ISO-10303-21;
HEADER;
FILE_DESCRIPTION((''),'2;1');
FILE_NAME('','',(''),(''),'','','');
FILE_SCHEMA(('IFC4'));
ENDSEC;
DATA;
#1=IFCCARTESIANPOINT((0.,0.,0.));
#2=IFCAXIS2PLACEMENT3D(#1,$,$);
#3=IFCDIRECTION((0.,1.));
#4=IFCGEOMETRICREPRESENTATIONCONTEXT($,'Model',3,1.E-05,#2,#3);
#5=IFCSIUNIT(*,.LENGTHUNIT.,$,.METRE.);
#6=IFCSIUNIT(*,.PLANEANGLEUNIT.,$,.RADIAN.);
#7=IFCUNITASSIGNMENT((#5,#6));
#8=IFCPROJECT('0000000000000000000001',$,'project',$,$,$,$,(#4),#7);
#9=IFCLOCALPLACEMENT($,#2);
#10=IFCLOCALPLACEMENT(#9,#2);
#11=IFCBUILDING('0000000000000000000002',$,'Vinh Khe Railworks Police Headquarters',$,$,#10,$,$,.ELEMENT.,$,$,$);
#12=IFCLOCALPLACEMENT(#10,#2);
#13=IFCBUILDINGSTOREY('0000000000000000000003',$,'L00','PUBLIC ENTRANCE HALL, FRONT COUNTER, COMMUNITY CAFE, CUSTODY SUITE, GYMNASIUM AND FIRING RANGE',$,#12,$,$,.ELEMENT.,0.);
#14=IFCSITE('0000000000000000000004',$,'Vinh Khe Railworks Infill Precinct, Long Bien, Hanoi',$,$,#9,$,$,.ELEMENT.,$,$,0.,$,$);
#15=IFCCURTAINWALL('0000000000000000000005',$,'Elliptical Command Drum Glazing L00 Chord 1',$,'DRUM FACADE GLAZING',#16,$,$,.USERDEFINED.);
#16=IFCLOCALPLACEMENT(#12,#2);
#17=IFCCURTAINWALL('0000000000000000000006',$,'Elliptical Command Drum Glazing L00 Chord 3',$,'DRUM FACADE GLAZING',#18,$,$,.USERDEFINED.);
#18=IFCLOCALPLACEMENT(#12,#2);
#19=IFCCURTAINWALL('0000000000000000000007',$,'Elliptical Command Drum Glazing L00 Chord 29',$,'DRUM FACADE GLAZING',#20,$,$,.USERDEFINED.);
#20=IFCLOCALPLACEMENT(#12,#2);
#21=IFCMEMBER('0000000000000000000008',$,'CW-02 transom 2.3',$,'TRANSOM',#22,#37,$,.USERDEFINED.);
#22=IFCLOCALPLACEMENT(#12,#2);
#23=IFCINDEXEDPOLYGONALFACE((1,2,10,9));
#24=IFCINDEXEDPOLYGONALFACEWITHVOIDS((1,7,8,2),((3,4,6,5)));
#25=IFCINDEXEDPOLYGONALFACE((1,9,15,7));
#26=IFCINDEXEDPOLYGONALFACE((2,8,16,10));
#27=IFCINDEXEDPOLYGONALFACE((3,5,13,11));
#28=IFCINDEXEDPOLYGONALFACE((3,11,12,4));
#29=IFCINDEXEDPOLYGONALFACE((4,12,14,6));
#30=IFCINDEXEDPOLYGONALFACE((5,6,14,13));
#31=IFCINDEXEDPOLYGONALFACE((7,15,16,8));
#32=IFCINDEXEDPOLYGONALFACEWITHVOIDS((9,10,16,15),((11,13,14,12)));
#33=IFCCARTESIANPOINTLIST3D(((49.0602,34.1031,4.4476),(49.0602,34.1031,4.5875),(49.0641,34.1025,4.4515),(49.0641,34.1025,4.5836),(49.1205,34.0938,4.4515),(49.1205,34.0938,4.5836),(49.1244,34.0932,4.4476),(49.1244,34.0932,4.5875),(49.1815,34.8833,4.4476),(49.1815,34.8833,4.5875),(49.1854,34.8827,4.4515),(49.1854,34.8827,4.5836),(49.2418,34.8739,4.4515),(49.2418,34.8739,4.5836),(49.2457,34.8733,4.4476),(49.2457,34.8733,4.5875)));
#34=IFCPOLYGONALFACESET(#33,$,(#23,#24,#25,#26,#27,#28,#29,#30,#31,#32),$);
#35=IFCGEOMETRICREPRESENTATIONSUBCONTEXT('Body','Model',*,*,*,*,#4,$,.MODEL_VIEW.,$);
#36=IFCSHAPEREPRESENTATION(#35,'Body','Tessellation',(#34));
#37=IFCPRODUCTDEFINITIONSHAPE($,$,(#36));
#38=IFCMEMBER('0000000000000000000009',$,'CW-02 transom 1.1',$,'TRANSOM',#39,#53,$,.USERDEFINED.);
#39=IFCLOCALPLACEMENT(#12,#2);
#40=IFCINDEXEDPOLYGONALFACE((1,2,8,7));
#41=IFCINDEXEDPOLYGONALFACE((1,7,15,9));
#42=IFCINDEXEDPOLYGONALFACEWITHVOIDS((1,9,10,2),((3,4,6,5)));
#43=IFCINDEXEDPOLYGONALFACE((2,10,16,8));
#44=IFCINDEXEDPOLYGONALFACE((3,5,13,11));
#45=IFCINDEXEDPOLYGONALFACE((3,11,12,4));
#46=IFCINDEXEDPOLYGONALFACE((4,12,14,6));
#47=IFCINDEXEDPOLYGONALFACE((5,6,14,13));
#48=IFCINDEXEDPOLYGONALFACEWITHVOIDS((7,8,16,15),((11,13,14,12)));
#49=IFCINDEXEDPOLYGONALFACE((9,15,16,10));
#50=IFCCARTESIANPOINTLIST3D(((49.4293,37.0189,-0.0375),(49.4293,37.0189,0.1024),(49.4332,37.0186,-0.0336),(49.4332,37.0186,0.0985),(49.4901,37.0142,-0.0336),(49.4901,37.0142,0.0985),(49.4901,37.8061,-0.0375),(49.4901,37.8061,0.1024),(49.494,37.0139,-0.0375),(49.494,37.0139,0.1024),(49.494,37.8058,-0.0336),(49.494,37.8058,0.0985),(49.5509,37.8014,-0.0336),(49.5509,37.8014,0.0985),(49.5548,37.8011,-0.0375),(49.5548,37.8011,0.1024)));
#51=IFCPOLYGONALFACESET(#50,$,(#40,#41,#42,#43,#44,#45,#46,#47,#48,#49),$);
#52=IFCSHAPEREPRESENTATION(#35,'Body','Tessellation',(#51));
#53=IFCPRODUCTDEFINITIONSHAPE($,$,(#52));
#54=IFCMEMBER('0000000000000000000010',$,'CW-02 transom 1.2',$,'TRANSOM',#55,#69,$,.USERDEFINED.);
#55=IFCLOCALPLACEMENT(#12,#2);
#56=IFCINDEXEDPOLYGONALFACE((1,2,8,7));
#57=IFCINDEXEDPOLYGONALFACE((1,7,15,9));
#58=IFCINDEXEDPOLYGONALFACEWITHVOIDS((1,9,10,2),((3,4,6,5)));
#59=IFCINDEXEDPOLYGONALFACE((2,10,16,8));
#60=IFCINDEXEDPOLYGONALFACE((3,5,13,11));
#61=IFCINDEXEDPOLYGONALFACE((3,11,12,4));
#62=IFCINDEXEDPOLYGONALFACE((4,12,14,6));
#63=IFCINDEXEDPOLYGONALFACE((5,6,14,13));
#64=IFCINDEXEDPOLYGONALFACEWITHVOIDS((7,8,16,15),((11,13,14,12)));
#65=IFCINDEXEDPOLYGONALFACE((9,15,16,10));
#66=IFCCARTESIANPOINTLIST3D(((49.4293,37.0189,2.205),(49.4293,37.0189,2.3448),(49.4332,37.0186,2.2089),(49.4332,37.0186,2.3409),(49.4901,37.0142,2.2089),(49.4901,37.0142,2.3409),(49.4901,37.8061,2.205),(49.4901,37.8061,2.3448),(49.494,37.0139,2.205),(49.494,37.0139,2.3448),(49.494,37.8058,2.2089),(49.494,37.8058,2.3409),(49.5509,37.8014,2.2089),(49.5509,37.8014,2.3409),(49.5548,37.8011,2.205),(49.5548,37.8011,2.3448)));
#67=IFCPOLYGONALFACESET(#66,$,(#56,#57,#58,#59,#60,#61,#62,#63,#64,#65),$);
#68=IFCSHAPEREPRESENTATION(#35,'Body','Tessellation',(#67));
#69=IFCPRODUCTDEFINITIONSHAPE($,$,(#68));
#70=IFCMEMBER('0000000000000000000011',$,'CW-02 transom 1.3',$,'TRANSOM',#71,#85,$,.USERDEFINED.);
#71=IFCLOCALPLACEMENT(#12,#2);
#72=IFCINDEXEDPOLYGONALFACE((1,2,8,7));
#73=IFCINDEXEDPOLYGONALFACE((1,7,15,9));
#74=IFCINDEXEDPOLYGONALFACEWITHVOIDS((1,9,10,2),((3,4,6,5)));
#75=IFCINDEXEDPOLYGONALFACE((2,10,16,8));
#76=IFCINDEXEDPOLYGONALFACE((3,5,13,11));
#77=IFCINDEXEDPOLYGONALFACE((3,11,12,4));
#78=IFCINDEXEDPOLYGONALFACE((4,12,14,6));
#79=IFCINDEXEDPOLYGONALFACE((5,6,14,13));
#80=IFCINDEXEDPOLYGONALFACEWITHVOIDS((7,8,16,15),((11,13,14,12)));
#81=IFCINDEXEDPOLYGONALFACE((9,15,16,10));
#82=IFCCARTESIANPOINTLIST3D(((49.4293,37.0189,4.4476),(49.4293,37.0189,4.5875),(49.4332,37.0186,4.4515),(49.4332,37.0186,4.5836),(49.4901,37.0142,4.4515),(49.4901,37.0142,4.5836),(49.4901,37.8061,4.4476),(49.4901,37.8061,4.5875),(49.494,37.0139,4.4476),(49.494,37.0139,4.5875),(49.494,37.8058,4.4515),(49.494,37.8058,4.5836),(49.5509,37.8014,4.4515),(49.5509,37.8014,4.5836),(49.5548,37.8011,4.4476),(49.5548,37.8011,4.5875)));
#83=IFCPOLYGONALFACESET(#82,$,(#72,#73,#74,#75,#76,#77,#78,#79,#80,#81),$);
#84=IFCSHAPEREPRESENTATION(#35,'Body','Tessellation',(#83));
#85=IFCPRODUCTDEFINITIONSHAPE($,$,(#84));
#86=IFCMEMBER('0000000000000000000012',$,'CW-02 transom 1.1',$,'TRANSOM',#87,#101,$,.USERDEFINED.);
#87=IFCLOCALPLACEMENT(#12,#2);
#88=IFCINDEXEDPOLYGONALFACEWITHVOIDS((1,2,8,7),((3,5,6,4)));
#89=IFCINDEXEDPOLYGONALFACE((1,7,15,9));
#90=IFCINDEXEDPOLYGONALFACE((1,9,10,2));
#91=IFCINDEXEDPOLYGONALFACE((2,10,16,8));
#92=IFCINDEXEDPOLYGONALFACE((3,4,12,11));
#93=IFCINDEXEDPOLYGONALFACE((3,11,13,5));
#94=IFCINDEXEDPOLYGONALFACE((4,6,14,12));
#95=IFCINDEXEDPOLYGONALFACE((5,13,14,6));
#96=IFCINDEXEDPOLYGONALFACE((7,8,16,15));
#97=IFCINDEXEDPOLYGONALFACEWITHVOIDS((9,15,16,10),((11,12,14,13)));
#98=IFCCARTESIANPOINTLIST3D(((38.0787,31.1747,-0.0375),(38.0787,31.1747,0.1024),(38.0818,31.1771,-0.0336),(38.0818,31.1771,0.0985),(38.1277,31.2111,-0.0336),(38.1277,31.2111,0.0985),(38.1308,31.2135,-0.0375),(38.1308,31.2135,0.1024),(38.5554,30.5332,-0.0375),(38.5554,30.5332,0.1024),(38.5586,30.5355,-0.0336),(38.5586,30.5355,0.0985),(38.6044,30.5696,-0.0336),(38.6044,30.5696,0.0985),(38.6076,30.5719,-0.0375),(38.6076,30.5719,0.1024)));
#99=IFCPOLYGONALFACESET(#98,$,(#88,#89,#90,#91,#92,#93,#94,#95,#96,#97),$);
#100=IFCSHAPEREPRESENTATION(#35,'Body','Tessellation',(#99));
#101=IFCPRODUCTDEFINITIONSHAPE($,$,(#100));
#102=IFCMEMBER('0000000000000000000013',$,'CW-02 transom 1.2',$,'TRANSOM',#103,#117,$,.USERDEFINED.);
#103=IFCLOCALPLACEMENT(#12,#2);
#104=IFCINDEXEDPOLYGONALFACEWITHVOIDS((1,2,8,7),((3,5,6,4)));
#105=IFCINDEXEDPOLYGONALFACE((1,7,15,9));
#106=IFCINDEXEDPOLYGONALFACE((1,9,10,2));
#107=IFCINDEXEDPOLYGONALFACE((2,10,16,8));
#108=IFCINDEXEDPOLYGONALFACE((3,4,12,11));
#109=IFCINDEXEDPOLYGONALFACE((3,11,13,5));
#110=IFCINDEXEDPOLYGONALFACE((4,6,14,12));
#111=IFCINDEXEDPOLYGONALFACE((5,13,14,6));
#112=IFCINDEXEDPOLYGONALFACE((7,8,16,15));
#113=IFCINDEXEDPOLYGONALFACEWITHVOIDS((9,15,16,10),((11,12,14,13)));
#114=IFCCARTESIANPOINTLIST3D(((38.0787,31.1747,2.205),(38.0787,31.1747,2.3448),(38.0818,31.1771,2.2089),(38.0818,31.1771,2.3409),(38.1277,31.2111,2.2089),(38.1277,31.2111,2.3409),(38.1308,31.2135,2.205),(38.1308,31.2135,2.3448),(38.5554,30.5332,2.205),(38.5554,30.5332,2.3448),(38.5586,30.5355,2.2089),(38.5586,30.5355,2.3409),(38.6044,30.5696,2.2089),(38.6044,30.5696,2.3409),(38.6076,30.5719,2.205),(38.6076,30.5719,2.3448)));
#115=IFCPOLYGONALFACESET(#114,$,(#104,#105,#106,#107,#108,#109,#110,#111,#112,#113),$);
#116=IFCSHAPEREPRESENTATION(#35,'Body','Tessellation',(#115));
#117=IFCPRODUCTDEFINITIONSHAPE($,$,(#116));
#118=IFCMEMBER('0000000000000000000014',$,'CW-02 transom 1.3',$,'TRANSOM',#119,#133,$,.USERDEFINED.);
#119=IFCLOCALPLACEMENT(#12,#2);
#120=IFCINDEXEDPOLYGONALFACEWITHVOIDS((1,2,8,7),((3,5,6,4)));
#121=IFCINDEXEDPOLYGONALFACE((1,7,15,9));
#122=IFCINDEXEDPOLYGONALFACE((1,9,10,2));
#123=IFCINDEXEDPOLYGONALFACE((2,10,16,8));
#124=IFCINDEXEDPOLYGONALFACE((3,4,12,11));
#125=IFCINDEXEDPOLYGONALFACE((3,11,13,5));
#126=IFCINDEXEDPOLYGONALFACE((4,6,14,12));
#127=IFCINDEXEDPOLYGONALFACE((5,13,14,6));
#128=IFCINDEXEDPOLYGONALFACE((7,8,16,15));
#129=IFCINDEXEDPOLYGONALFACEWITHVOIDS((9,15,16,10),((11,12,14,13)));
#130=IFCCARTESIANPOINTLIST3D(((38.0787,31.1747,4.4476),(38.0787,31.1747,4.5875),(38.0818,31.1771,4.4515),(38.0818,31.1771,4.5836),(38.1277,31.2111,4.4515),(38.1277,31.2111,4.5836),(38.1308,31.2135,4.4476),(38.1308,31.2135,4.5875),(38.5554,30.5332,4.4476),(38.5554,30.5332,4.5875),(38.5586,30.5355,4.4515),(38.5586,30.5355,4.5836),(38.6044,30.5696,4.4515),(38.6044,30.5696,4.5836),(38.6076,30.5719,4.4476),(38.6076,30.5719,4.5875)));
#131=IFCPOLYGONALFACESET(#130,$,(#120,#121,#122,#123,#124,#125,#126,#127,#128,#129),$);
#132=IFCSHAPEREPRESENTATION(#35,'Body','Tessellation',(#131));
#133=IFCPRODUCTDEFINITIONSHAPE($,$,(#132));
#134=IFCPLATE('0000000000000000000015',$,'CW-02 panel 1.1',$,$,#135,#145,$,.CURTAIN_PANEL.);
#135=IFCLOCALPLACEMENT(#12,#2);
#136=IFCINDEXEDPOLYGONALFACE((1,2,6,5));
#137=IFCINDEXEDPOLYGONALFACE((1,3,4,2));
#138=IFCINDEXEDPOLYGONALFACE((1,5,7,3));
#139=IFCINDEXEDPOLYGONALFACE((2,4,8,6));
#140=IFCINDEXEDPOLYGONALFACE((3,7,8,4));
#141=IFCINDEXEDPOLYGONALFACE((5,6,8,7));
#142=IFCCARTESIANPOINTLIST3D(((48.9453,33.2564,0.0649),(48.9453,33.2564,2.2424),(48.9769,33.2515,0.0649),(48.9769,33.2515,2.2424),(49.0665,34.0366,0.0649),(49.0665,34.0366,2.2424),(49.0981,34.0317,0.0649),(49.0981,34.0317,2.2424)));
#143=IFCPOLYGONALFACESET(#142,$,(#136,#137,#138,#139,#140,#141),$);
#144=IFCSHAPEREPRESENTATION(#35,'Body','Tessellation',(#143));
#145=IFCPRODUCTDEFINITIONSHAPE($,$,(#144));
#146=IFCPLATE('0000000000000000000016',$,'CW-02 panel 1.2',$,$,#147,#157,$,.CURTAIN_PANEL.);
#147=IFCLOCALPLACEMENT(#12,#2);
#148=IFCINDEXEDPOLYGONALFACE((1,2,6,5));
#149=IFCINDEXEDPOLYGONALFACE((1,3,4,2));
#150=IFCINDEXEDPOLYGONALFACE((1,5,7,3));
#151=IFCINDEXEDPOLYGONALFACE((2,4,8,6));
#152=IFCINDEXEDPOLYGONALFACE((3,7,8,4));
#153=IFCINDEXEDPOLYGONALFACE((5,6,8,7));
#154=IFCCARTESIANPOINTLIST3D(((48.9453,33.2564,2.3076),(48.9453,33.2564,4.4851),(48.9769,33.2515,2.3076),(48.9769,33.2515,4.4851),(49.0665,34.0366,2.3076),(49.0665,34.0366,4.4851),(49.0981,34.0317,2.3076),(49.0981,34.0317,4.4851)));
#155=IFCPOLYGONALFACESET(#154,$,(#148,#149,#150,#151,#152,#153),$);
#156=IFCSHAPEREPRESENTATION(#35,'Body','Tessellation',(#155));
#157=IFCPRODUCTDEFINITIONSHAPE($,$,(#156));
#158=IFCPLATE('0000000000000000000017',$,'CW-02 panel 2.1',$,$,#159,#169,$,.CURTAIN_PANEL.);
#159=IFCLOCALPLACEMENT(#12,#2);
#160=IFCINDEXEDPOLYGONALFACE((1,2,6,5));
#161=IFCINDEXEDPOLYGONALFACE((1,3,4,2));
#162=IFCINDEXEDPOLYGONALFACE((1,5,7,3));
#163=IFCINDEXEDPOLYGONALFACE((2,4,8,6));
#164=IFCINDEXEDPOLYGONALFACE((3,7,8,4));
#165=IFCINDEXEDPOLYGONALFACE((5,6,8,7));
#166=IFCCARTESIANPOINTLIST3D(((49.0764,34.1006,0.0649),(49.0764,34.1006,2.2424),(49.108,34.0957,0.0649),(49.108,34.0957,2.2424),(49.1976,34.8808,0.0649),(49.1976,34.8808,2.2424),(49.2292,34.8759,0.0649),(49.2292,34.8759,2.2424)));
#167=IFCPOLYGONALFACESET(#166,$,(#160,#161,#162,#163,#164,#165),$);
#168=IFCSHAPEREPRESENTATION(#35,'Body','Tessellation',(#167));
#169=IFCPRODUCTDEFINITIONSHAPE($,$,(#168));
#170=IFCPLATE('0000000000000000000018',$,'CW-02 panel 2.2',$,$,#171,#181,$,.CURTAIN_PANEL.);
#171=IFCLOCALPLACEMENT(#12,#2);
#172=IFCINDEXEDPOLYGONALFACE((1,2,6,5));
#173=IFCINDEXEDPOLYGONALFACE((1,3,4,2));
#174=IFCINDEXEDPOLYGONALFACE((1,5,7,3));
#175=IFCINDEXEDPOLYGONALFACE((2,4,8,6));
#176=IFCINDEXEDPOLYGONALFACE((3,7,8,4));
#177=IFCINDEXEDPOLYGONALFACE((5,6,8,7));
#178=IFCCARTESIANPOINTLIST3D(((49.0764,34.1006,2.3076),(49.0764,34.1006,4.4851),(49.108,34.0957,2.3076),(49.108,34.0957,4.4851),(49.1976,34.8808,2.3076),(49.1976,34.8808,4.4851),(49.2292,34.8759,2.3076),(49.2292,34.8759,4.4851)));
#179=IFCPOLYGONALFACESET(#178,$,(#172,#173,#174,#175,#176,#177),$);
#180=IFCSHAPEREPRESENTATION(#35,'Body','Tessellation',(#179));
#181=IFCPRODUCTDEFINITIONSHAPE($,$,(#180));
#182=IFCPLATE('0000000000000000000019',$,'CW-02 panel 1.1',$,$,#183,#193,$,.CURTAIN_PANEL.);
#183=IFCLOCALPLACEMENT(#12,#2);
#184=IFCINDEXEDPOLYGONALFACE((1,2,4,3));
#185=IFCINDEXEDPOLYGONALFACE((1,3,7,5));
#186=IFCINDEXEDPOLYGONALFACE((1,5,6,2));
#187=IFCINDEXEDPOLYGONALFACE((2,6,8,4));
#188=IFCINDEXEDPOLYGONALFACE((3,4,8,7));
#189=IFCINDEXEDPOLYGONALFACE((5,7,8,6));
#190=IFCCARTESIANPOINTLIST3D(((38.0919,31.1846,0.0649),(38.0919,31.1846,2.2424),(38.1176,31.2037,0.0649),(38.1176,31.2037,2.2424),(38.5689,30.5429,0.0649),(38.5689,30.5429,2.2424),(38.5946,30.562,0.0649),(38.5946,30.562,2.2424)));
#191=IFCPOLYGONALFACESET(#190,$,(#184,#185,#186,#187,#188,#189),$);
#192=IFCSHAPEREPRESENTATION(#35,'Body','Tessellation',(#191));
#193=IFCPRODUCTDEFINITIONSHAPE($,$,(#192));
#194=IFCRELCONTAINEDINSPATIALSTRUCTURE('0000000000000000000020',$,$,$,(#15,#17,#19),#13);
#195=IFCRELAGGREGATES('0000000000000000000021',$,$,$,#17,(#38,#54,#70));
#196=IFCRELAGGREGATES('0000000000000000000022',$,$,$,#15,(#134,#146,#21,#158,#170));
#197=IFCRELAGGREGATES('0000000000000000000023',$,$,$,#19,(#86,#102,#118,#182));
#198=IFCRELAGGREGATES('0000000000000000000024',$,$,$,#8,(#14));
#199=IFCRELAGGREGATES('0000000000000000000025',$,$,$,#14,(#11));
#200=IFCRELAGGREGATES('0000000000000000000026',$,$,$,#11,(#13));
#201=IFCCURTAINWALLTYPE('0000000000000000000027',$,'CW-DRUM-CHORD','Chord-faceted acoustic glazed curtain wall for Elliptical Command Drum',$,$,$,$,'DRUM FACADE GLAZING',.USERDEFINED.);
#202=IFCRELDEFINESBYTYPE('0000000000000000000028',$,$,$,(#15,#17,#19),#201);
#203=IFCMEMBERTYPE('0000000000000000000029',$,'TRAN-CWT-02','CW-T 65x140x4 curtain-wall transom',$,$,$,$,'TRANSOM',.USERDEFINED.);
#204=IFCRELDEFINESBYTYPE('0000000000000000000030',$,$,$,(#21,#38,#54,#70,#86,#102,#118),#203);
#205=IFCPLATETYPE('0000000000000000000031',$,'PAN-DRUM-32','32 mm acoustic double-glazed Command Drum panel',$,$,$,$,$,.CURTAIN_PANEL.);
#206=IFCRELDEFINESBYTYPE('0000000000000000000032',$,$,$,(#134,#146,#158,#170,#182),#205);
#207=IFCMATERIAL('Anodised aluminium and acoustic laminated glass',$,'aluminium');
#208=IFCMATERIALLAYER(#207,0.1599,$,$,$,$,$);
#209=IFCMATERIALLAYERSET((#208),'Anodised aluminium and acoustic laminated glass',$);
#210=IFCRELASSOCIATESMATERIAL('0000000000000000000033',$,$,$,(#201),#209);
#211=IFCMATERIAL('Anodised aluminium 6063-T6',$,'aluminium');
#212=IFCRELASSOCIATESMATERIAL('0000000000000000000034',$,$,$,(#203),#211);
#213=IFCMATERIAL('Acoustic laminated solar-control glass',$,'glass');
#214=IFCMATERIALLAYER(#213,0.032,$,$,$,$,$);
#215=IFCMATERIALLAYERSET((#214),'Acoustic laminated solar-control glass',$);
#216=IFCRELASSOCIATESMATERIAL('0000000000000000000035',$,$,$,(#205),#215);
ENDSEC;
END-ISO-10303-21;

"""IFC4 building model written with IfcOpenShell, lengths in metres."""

from ifc_helpers import new_model, si_unit, direction, frame, origin, origin_2d, place, context, subcontext, project, spatial, rectangle, hollow_rectangle, extrude, material, layer, layer_set, material_profile, profile_set, type_object, element, aggregate, save


model = new_model("IFC4")

# Units and contexts
model_context = context("Model", 3, precision=1e-05, world=origin(), true_north=direction((0.0, 1.0)))
body_context = subcontext(model_context, "Body", "Model", "MODEL_VIEW")
ifc_project = project(units=[si_unit("LENGTHUNIT", "METRE"), si_unit("PLANEANGLEUNIT", "RADIAN")], contexts=[model_context])

# Site, building, storey
site_placement = place(None, origin())
site = spatial("IfcSite", under=ifc_project, at=site_placement, Name="Vinh Khe Railworks Infill Precinct, Long Bien, Hanoi", CompositionType="ELEMENT", RefElevation=0.0)
building_placement = place(site_placement, origin())
building = spatial("IfcBuilding", under=site, at=building_placement, Name="Vinh Khe Railworks Police Headquarters", CompositionType="ELEMENT")
storey_placement = place(building_placement, origin())
storey = spatial("IfcBuildingStorey", under=building, at=storey_placement, Name="L00", Description="PUBLIC ENTRANCE HALL, FRONT COUNTER, COMMUNITY CAFE, CUSTODY SUITE, GYMNASIUM AND FIRING RANGE", CompositionType="ELEMENT", Elevation=0.0)

# Curtain wall
ifc_material_1 = material(Name="Anodised aluminium and acoustic laminated glass", Category="aluminium")
ifc_layer_1 = layer(ifc_material_1, 0.1599)
ifc_layer_set_1 = layer_set([ifc_layer_1], Name="Anodised aluminium and acoustic laminated glass")
curtain_wall_type = type_object("IfcCurtainWallType", Name="CW-DRUM-CHORD", Description="Chord-faceted acoustic glazed curtain wall for Elliptical Command Drum", ElementType="DRUM FACADE GLAZING", PredefinedType="USERDEFINED", material=ifc_layer_set_1)
curtain_wall_1_placement = place(storey_placement, origin())
curtain_wall_1 = element("IfcCurtainWall", 1, at=curtain_wall_1_placement, inside=storey, type_object=curtain_wall_type, Name="Elliptical Command Drum Glazing L00 Chord 1", ObjectType="DRUM FACADE GLAZING", PredefinedType="USERDEFINED")
ifc_material_2 = material(Name="Anodised aluminium 6063-T6", Category="aluminium")

# Curtain walls
curtain_wall_2_placement = place(storey_placement, origin())
curtain_wall_2 = element("IfcCurtainWall", 2, at=curtain_wall_2_placement, inside=storey, type_object=curtain_wall_type, Name="Elliptical Command Drum Glazing L00 Chord 3", ObjectType="DRUM FACADE GLAZING", PredefinedType="USERDEFINED")
curtain_wall_3_placement = place(storey_placement, origin())
curtain_wall_3 = element("IfcCurtainWall", 3, at=curtain_wall_3_placement, inside=storey, type_object=curtain_wall_type, Name="Elliptical Command Drum Glazing L00 Chord 29", ObjectType="DRUM FACADE GLAZING", PredefinedType="USERDEFINED")

# Members
ifc_material_profile_1 = material_profile(ifc_material_2, hollow_rectangle(XDim=0.0649, YDim=0.1399, WallThickness=0.0039, at=origin_2d()), Name="CW-T 65x140x4")
ifc_profile_set_1 = profile_set([ifc_material_profile_1], Name="Anodised aluminium 6063-T6")
member_type_1 = type_object("IfcMemberType", Name="TRAN-CWT-02", Description="CW-T 65x140x4 curtain-wall transom", ElementType="TRANSOM", PredefinedType="USERDEFINED", material=ifc_profile_set_1)
member_1_placement = place(storey_placement, frame((49.0923, 34.0981, 4.5176), z_axis=(0.15366, 0.988124, 0.0), x_axis=(-0.988124, 0.15366, 0.0)))
member_1 = element("IfcMember", 4, at=member_1_placement, type_object=member_type_1, Name="CW-02 transom 2.3", ObjectType="TRANSOM", PredefinedType="USERDEFINED", context=body_context, shape_type="SweptSolid", body=[
    extrude(hollow_rectangle(XDim=0.0649, YDim=0.1399, WallThickness=0.0039, at=origin_2d()), origin(), (0.0, 0.0, 1.0), 0.7896),
])
member_2_placement = place(storey_placement, frame((49.4617, 37.0164, 0.0325), z_axis=(0.077004, 0.997031, 0.0), x_axis=(-0.997031, 0.077004, 0.0)))
member_2 = element("IfcMember", 5, at=member_2_placement, type_object=member_type_1, Name="CW-02 transom 1.1", ObjectType="TRANSOM", PredefinedType="USERDEFINED", context=body_context, shape_type="SweptSolid", body=[
    extrude(hollow_rectangle(XDim=0.0649, YDim=0.1399, WallThickness=0.0039, at=origin_2d()), origin(), (0.0, 0.0, 1.0), 0.7896),
])
member_3_placement = place(storey_placement, frame((49.4617, 37.0164, 2.2749), z_axis=(0.077004, 0.997031, 0.0), x_axis=(-0.997031, 0.077004, 0.0)))
member_3 = element("IfcMember", 6, at=member_3_placement, type_object=member_type_1, Name="CW-02 transom 1.2", ObjectType="TRANSOM", PredefinedType="USERDEFINED", context=body_context, shape_type="SweptSolid", body=[
    extrude(hollow_rectangle(XDim=0.0649, YDim=0.1399, WallThickness=0.0039, at=origin_2d()), origin(), (0.0, 0.0, 1.0), 0.7896),
])
member_4_placement = place(storey_placement, frame((49.4617, 37.0164, 4.5176), z_axis=(0.077004, 0.997031, 0.0), x_axis=(-0.997031, 0.077004, 0.0)))
member_4 = element("IfcMember", 7, at=member_4_placement, type_object=member_type_1, Name="CW-02 transom 1.3", ObjectType="TRANSOM", PredefinedType="USERDEFINED", context=body_context, shape_type="SweptSolid", body=[
    extrude(hollow_rectangle(XDim=0.0649, YDim=0.1399, WallThickness=0.0039, at=origin_2d()), origin(), (0.0, 0.0, 1.0), 0.7896),
])
aggregate(curtain_wall_2, [member_2, member_3, member_4])
member_5_placement = place(storey_placement, frame((38.1047, 31.1941, 0.0325), z_axis=(0.596476, -0.802631, 0.0), x_axis=(0.802631, 0.596476, 0.0)))
member_5 = element("IfcMember", 8, at=member_5_placement, type_object=member_type_1, Name="CW-02 transom 1.1", ObjectType="TRANSOM", PredefinedType="USERDEFINED", context=body_context, shape_type="SweptSolid", body=[
    extrude(hollow_rectangle(XDim=0.0649, YDim=0.1399, WallThickness=0.0039, at=origin_2d()), origin(), (0.0, 0.0, 1.0), 0.7993),
])
member_6_placement = place(storey_placement, frame((38.1047, 31.1941, 2.2749), z_axis=(0.596476, -0.802631, 0.0), x_axis=(0.802631, 0.596476, 0.0)))
member_6 = element("IfcMember", 9, at=member_6_placement, type_object=member_type_1, Name="CW-02 transom 1.2", ObjectType="TRANSOM", PredefinedType="USERDEFINED", context=body_context, shape_type="SweptSolid", body=[
    extrude(hollow_rectangle(XDim=0.0649, YDim=0.1399, WallThickness=0.0039, at=origin_2d()), origin(), (0.0, 0.0, 1.0), 0.7993),
])
member_7_placement = place(storey_placement, frame((38.1047, 31.1941, 4.5176), z_axis=(0.596476, -0.802631, 0.0), x_axis=(0.802631, 0.596476, 0.0)))
member_7 = element("IfcMember", 10, at=member_7_placement, type_object=member_type_1, Name="CW-02 transom 1.3", ObjectType="TRANSOM", PredefinedType="USERDEFINED", context=body_context, shape_type="SweptSolid", body=[
    extrude(hollow_rectangle(XDim=0.0649, YDim=0.1399, WallThickness=0.0039, at=origin_2d()), origin(), (0.0, 0.0, 1.0), 0.7993),
])

# Plates
ifc_material_3 = material(Name="Acoustic laminated solar-control glass", Category="glass")
ifc_layer_2 = layer(ifc_material_3, 0.032)
ifc_layer_set_2 = layer_set([ifc_layer_2], Name="Acoustic laminated solar-control glass")
plate_type_1 = type_object("IfcPlateType", Name="PAN-DRUM-32", Description="32 mm acoustic double-glazed Command Drum panel", PredefinedType="CURTAIN_PANEL", material=ifc_layer_set_2)
plate_1_placement = place(storey_placement, frame((49.0217, 33.644, 0.0649), z_axis=(0.0, 0.0, 1.0), x_axis=(0.153491, 0.98815, 0.0)))
plate_1 = element("IfcPlate", 11, at=plate_1_placement, type_object=plate_type_1, Name="CW-02 panel 1.1", PredefinedType="CURTAIN_PANEL", context=body_context, shape_type="SweptSolid", body=[
    extrude(rectangle(XDim=0.7896, YDim=0.032, at=origin_2d()), origin(), (0.0, 0.0, 1.0), 2.1775),
])
plate_2_placement = place(storey_placement, frame((49.0217, 33.644, 2.3076), z_axis=(0.0, 0.0, 1.0), x_axis=(0.153491, 0.98815, 0.0)))
plate_2 = element("IfcPlate", 12, at=plate_2_placement, type_object=plate_type_1, Name="CW-02 panel 1.2", PredefinedType="CURTAIN_PANEL", context=body_context, shape_type="SweptSolid", body=[
    extrude(rectangle(XDim=0.7896, YDim=0.032, at=origin_2d()), origin(), (0.0, 0.0, 1.0), 2.1775),
])
plate_3_placement = place(storey_placement, frame((49.1528, 34.4883, 0.0649), z_axis=(0.0, 0.0, 1.0), x_axis=(0.153491, 0.98815, 0.0)))
plate_3 = element("IfcPlate", 13, at=plate_3_placement, type_object=plate_type_1, Name="CW-02 panel 2.1", PredefinedType="CURTAIN_PANEL", context=body_context, shape_type="SweptSolid", body=[
    extrude(rectangle(XDim=0.7896, YDim=0.032, at=origin_2d()), origin(), (0.0, 0.0, 1.0), 2.1775),
])
plate_4_placement = place(storey_placement, frame((49.1528, 34.4883, 2.3076), z_axis=(0.0, 0.0, 1.0), x_axis=(0.153491, 0.98815, 0.0)))
plate_4 = element("IfcPlate", 14, at=plate_4_placement, type_object=plate_type_1, Name="CW-02 panel 2.2", PredefinedType="CURTAIN_PANEL", context=body_context, shape_type="SweptSolid", body=[
    extrude(rectangle(XDim=0.7896, YDim=0.032, at=origin_2d()), origin(), (0.0, 0.0, 1.0), 2.1775),
])
aggregate(curtain_wall_1, [plate_1, plate_2, member_1, plate_3, plate_4])
plate_5_placement = place(storey_placement, frame((38.3433, 30.8733, 0.0649), z_axis=(0.0, 0.0, 1.0), x_axis=(0.596528, -0.802592, 0.0)))
plate_5 = element("IfcPlate", 15, at=plate_5_placement, type_object=plate_type_1, Name="CW-02 panel 1.1", PredefinedType="CURTAIN_PANEL", context=body_context, shape_type="SweptSolid", body=[
    extrude(rectangle(XDim=0.7996, YDim=0.032, at=origin_2d()), origin(), (0.0, 0.0, 1.0), 2.1775),
])
aggregate(curtain_wall_3, [member_5, member_6, member_7, plate_5])

save(model, "model.ifc")
